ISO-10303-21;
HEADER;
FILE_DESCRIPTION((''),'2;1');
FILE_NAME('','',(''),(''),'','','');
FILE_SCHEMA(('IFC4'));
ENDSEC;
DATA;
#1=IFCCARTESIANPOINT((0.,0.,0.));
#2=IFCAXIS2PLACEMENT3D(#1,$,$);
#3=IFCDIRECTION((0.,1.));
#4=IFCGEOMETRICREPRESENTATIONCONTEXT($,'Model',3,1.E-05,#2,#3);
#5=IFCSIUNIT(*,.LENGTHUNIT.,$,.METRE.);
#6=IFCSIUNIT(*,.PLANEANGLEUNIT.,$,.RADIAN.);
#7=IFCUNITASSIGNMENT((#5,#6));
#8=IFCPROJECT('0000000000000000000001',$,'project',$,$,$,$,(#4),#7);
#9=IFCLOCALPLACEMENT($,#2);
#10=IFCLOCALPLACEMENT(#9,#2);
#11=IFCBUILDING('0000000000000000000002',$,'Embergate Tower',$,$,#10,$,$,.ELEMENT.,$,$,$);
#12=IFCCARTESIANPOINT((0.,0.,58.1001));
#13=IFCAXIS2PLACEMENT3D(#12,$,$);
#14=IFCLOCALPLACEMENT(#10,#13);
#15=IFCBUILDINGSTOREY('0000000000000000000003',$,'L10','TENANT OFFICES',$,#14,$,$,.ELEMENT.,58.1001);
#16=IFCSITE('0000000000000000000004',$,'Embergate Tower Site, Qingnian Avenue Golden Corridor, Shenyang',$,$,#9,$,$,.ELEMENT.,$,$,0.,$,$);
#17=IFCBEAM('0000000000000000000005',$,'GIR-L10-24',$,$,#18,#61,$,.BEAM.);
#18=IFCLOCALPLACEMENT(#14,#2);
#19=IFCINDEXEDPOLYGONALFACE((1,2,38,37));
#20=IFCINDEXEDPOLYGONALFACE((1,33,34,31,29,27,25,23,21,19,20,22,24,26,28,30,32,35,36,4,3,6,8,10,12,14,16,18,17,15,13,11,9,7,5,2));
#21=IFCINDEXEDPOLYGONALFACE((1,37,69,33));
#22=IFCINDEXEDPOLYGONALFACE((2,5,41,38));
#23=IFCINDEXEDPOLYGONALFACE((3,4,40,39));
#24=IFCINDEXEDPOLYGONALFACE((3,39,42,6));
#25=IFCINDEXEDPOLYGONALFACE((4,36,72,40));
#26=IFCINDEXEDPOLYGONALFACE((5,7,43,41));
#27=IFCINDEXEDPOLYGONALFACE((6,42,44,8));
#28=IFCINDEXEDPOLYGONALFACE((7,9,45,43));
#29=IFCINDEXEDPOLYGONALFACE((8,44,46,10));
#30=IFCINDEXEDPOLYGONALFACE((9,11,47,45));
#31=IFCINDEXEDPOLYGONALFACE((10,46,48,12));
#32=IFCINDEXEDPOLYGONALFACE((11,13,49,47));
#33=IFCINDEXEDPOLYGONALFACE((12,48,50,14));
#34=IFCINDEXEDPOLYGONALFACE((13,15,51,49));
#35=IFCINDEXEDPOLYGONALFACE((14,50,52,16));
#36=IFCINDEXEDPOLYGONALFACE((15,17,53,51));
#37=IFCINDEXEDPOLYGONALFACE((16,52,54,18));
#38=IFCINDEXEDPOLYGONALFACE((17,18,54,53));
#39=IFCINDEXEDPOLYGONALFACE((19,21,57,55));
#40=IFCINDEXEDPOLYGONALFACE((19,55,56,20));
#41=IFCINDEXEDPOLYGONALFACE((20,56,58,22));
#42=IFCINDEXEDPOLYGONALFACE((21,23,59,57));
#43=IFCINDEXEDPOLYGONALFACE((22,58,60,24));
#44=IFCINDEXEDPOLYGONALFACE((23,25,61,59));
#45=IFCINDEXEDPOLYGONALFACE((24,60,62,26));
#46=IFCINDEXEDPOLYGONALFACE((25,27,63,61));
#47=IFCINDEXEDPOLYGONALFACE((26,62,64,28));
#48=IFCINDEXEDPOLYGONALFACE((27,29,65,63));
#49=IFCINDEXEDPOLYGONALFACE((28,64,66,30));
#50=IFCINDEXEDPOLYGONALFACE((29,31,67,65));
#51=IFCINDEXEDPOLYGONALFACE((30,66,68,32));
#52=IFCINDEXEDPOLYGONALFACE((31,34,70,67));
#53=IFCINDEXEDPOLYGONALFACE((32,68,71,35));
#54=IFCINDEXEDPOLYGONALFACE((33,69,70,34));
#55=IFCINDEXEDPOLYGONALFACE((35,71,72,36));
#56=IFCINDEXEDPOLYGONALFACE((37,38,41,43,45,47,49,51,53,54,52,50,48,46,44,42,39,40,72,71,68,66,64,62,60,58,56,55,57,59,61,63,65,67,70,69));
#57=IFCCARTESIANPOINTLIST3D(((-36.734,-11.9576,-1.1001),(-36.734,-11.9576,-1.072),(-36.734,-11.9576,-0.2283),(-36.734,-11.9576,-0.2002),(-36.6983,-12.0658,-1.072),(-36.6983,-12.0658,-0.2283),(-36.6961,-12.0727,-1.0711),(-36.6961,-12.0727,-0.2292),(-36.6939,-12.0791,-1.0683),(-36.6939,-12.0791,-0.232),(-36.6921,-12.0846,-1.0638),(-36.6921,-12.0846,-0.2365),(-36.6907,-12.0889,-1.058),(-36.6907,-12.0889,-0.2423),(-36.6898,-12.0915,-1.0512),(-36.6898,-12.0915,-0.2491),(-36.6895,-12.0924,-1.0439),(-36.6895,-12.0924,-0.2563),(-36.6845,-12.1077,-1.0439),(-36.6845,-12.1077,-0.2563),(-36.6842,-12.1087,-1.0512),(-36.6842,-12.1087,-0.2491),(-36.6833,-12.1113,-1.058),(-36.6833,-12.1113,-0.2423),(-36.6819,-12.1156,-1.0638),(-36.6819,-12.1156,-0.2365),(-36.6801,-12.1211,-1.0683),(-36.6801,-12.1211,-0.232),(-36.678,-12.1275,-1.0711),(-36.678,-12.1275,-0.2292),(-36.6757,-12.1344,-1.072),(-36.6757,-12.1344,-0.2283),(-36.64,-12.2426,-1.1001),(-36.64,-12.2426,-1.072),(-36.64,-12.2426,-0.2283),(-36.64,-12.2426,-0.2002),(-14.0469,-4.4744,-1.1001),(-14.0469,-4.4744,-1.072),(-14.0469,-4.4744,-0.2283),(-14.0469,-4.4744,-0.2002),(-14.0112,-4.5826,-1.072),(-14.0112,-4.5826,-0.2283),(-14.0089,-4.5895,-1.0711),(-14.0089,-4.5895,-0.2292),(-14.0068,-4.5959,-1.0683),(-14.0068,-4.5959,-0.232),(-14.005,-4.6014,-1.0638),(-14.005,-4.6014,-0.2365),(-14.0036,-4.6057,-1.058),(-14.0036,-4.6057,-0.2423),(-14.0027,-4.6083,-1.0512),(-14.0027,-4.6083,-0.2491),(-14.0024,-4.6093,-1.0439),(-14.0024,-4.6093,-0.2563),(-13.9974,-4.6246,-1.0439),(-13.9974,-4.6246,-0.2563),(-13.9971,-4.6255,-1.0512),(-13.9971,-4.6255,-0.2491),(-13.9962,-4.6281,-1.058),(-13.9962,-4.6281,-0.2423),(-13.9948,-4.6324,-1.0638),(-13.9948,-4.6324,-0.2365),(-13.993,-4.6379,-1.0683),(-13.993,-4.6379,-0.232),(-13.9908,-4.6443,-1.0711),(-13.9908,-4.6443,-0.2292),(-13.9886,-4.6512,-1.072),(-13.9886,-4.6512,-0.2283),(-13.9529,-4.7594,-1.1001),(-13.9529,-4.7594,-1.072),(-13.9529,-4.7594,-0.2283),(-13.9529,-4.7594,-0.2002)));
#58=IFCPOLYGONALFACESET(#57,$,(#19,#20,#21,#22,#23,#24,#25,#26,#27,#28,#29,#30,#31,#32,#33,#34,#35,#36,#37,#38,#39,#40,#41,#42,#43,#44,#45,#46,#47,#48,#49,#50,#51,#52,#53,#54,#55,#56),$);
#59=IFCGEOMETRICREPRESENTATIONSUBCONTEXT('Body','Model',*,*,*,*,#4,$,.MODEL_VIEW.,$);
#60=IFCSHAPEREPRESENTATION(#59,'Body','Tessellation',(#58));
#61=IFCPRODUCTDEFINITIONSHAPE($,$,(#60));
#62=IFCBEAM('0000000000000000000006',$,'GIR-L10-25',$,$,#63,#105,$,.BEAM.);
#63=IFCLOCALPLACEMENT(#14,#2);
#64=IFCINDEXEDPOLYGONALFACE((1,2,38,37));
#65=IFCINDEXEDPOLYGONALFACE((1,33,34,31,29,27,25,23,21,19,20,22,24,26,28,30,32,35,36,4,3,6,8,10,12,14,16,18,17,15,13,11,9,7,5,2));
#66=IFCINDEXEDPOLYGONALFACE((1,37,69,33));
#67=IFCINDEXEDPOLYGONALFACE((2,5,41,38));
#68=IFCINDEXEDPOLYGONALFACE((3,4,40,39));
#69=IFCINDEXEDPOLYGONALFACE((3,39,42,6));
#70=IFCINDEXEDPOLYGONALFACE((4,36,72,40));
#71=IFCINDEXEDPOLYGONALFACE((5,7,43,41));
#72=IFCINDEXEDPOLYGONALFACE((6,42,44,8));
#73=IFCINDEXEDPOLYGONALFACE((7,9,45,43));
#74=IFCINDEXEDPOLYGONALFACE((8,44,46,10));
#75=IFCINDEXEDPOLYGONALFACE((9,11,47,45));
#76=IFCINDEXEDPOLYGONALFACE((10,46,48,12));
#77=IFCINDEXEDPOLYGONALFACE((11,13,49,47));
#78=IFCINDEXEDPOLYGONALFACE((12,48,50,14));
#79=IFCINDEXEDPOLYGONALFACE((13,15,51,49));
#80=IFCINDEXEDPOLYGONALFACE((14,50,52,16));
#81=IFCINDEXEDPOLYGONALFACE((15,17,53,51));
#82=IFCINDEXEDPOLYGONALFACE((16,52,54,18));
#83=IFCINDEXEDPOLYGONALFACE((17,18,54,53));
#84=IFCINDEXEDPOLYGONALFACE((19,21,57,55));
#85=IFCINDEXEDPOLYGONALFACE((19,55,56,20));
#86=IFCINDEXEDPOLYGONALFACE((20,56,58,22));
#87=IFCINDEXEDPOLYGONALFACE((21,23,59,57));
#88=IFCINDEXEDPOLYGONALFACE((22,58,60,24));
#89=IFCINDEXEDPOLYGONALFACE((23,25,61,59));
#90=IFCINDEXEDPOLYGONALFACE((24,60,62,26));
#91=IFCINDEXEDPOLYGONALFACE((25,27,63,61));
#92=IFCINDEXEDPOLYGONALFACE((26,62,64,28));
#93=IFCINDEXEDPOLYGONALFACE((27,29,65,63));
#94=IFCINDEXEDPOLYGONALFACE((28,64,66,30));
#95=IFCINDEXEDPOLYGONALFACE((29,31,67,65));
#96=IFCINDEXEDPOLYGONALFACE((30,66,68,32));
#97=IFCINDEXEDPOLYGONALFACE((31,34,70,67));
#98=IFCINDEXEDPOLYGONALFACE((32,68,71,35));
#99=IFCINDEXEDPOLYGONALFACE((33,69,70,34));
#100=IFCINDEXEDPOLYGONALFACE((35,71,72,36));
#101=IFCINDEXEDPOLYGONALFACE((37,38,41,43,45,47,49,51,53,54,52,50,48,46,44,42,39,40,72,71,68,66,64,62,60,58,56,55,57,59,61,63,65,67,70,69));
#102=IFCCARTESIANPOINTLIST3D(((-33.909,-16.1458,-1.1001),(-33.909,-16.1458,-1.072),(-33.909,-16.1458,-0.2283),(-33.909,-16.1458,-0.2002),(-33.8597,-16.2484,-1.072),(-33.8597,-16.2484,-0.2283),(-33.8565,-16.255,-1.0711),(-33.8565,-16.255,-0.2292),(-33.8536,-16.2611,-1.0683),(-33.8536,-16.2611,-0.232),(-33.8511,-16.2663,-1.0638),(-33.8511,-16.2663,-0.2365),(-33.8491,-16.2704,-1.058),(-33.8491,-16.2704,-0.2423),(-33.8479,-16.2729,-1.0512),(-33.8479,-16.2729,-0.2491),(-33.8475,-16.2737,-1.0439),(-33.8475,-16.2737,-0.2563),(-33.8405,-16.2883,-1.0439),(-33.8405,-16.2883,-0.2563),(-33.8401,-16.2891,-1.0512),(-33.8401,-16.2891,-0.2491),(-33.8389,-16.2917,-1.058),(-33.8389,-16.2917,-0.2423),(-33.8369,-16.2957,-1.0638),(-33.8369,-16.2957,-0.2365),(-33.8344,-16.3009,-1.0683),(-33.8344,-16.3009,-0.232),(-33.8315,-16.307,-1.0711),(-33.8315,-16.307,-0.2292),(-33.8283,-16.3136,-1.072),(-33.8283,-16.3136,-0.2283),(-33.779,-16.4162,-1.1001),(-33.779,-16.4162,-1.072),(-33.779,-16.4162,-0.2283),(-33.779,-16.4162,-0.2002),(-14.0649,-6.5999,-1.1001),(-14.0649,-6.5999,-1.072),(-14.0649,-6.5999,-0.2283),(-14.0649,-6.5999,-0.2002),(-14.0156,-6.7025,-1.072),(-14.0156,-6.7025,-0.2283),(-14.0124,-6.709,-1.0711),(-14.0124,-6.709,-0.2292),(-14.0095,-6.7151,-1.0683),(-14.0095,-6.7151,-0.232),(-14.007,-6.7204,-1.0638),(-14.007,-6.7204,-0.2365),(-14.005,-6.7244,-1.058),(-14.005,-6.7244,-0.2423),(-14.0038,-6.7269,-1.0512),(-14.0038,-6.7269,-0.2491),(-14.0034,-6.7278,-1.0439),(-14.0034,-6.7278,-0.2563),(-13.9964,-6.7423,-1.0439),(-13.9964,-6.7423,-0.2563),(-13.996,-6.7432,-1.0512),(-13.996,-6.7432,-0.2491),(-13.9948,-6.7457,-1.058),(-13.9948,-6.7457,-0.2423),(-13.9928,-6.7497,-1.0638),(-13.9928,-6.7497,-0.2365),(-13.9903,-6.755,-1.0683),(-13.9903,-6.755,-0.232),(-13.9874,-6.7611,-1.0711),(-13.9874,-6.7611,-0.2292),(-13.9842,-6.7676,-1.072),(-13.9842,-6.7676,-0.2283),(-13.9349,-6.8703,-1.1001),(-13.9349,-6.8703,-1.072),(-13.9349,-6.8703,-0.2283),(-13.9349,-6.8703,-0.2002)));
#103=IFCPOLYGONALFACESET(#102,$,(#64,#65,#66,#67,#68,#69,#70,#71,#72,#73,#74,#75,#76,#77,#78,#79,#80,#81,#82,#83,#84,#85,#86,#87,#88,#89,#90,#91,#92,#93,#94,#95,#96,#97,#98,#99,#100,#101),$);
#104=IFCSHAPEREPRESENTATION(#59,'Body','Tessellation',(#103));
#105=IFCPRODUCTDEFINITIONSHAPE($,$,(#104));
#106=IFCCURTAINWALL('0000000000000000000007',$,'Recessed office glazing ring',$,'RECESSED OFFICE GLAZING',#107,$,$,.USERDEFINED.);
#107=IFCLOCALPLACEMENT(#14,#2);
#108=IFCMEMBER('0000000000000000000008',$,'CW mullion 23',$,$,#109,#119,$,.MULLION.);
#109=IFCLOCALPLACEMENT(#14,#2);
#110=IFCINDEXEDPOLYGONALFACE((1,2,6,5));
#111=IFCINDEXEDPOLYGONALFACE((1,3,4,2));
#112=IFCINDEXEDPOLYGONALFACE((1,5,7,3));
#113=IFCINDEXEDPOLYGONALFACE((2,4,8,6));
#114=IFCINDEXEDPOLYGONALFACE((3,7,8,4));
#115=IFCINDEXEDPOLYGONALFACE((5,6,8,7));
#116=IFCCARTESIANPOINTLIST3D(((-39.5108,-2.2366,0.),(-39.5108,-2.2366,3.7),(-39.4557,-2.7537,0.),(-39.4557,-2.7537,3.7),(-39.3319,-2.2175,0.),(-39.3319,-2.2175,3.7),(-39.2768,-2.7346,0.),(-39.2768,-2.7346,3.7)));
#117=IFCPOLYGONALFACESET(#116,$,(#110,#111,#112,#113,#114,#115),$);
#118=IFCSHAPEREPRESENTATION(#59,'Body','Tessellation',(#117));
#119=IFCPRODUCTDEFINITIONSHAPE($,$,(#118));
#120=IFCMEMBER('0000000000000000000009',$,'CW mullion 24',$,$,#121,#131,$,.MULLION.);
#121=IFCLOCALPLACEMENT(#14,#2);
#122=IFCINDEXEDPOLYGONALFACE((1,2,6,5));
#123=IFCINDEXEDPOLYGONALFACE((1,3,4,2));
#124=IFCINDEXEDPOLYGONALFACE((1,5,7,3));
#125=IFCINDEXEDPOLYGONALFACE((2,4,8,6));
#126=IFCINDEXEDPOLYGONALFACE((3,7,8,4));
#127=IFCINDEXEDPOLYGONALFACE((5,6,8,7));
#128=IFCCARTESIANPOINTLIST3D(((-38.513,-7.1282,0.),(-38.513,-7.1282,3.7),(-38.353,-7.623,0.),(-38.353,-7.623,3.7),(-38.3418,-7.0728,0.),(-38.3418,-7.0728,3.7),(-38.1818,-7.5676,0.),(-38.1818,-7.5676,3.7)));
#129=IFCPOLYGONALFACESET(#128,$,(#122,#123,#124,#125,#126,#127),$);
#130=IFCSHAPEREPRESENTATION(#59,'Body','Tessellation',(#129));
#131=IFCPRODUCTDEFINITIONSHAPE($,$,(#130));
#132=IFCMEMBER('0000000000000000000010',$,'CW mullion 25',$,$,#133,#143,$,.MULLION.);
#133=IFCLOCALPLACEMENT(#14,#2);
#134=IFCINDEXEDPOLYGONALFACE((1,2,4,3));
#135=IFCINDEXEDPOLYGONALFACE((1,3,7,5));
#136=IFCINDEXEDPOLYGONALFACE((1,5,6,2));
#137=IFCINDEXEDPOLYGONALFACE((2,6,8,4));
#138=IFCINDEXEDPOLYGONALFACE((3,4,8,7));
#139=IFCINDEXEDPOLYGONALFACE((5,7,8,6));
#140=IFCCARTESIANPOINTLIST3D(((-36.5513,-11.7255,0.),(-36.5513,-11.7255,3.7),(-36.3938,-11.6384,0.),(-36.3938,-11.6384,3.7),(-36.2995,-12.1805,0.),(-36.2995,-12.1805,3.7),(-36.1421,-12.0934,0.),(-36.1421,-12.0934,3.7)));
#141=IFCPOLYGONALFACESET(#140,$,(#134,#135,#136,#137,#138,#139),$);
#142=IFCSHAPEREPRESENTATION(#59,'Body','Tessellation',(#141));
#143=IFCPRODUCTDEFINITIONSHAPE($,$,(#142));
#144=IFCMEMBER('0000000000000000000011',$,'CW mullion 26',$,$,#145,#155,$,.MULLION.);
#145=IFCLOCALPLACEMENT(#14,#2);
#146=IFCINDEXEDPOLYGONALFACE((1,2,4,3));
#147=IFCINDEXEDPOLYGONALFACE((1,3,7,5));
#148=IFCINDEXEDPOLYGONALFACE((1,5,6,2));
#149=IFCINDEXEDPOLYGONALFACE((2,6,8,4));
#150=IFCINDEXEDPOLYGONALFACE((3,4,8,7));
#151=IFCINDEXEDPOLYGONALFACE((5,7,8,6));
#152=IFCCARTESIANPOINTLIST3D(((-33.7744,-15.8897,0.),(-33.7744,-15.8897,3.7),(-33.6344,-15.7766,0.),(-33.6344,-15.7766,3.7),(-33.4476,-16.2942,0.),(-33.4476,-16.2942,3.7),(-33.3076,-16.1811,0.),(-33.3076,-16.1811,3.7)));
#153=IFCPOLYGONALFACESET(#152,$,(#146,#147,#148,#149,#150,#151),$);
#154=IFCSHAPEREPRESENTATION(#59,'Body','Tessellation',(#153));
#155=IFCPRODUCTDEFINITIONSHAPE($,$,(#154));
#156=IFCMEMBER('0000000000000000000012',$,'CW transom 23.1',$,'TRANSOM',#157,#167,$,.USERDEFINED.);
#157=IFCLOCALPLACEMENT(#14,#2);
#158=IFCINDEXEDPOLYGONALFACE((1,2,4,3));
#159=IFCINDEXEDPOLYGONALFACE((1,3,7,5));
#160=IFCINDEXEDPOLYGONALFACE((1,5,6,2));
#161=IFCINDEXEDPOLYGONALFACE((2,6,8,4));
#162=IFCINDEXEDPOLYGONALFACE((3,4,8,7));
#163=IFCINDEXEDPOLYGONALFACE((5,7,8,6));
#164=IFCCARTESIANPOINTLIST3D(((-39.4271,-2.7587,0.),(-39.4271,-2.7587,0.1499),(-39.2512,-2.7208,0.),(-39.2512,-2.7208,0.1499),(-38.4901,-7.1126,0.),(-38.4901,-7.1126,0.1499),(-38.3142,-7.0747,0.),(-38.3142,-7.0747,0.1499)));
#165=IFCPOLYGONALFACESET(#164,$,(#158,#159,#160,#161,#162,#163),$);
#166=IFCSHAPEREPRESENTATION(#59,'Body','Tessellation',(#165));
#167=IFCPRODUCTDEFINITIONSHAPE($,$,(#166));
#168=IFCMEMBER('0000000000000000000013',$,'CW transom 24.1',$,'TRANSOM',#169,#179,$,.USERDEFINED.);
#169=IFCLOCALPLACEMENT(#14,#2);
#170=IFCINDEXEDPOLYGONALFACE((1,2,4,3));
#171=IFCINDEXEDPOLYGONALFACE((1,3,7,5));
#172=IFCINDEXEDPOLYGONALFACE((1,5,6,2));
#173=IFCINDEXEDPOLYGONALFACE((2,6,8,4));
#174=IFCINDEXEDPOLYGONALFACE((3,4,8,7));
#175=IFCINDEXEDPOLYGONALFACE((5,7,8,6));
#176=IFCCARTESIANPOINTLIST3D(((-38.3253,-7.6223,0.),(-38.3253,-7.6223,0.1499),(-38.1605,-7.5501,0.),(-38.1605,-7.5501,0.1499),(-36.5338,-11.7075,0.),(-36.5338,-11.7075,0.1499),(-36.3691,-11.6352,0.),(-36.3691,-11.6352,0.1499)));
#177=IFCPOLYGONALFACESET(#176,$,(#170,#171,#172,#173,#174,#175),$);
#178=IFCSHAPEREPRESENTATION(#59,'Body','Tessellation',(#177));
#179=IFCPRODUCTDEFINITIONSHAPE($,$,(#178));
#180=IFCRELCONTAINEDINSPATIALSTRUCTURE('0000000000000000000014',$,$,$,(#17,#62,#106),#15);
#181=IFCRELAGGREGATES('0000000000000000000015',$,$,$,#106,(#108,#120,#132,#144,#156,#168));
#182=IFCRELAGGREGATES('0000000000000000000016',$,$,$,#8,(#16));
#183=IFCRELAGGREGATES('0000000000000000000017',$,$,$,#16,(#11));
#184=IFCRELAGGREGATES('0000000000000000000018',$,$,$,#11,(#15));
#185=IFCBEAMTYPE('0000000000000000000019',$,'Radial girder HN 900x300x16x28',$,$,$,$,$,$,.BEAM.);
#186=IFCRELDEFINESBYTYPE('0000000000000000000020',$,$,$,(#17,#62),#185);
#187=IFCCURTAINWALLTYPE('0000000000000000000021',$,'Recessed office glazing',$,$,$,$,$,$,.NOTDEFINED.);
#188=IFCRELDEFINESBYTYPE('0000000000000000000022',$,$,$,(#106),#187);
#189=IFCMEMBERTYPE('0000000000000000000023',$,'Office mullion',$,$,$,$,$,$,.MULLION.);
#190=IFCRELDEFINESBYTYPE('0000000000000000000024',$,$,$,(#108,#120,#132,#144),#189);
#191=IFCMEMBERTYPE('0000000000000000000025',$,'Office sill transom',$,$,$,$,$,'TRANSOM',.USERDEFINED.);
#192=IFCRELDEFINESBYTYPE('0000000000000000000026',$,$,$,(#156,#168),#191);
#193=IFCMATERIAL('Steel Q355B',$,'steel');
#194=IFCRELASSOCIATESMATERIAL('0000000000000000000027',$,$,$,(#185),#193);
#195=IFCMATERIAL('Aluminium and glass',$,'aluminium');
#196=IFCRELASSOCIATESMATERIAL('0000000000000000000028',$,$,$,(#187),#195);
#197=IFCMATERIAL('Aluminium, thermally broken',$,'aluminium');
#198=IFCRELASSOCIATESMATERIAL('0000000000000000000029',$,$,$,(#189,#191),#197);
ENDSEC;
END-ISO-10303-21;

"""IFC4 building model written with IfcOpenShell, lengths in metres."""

from ifc_helpers import new_model, si_unit, direction, frame, origin, origin_2d, place, context, subcontext, project, spatial, rectangle, i_section, extrude, source, transform, mapped, material, material_profile, profile_set, type_object, element, aggregate, save


model = new_model("IFC4")

# Units and contexts
model_context = context("Model", 3, precision=1e-05, world=origin(), true_north=direction((0.0, 1.0)))
body_context = subcontext(model_context, "Body", "Model", "MODEL_VIEW")
ifc_project = project(units=[si_unit("LENGTHUNIT", "METRE"), si_unit("PLANEANGLEUNIT", "RADIAN")], contexts=[model_context])

# Site, building, storey
site_placement = place(None, origin())
site = spatial("IfcSite", under=ifc_project, at=site_placement, Name="Embergate Tower Site, Qingnian Avenue Golden Corridor, Shenyang", CompositionType="ELEMENT", RefElevation=0.0)
building_placement = place(site_placement, origin())
building = spatial("IfcBuilding", under=site, at=building_placement, Name="Embergate Tower", CompositionType="ELEMENT")
storey_placement = place(building_placement, frame((0.0, 0.0, 58.1001)))
storey = spatial("IfcBuildingStorey", under=building, at=storey_placement, Name="L10", Description="TENANT OFFICES", CompositionType="ELEMENT", Elevation=58.1001)

# Beams
ifc_material_1 = material(Name="Steel Q355B", Category="steel")
ifc_material_profile_1 = material_profile(ifc_material_1, i_section(OverallWidth=0.3, OverallDepth=0.8999, WebThickness=0.0161, FlangeThickness=0.0281, FilletRadius=0.0281, at=origin_2d()), Name="HN 900x300x16x28")
ifc_profile_set_1 = profile_set([ifc_material_profile_1], Name="Steel Q355 grade B")
beam_type_1 = type_object("IfcBeamType", Name="Radial girder HN 900x300x16x28", PredefinedType="BEAM", material=ifc_profile_set_1)
shared_shape_1 = source(origin(), body_context, "Body", "SweptSolid", [
    extrude(i_section(OverallWidth=0.3, OverallDepth=0.8999, WebThickness=0.0161, FlangeThickness=0.0281, FilletRadius=0.0281, at=origin_2d()), origin(), (0.0, 0.0, 1.0), 23.8894),
])
beam_1_placement = place(storey_placement, frame((-36.687, -12.1001, -0.6501), z_axis=(0.949673, 0.313243, 0.0), x_axis=(-0.313243, 0.949673, 0.0)))
element("IfcBeam", 1, at=beam_1_placement, inside=storey, type_object=beam_type_1, Name="GIR-L10-24", PredefinedType="BEAM", context=body_context, shape_type="MappedRepresentation", body=[
    mapped(shared_shape_1, transform((0.0, 0.0, 0.0))),
])
shared_shape_2 = source(origin(), body_context, "Body", "SweptSolid", [
    extrude(i_section(OverallWidth=0.3, OverallDepth=0.8999, WebThickness=0.0161, FlangeThickness=0.0281, FilletRadius=0.0281, at=origin_2d()), origin(), (0.0, 0.0, 1.0), 22.0208),
])
beam_2_placement = place(storey_placement, frame((-33.844, -16.281, -0.6501), z_axis=(0.901155, 0.433498, 0.0), x_axis=(-0.433498, 0.901155, 0.0)))
element("IfcBeam", 2, at=beam_2_placement, inside=storey, type_object=beam_type_1, Name="GIR-L10-25", PredefinedType="BEAM", context=body_context, shape_type="MappedRepresentation", body=[
    mapped(shared_shape_2, transform((0.0, 0.0, 0.0))),
])

# Curtain wall, members
ifc_material_2 = material(Name="Aluminium and glass", Category="aluminium")
curtain_wall_type = type_object("IfcCurtainWallType", Name="Recessed office glazing", PredefinedType="NOTDEFINED", material=ifc_material_2)
curtain_wall_placement = place(storey_placement, origin())
curtain_wall = element("IfcCurtainWall", 3, at=curtain_wall_placement, inside=storey, type_object=curtain_wall_type, Name="Recessed office glazing ring", ObjectType="RECESSED OFFICE GLAZING", PredefinedType="USERDEFINED")
ifc_material_3 = material(Name="Aluminium, thermally broken", Category="aluminium")
ifc_material_profile_2 = material_profile(ifc_material_3, rectangle(XDim=0.1799, YDim=0.52, at=origin_2d()), Name="AL 520x180")
ifc_profile_set_2 = profile_set([ifc_material_profile_2], Name="Aluminium, thermally broken")
member_type_1 = type_object("IfcMemberType", Name="Office mullion", PredefinedType="MULLION", material=ifc_profile_set_2)
shared_shape_3 = source(origin(), body_context, "Body", "SweptSolid", [
    extrude(rectangle(XDim=0.1799, YDim=0.52, at=origin_2d()), origin(), (0.0, 0.0, 1.0), 3.7),
])
member_1_placement = place(storey_placement, frame((-39.3938, -2.4856, 0.0), z_axis=(0.0, 0.0, 1.0), x_axis=(0.994386, 0.105818, 0.0)))
member_1 = element("IfcMember", 4, at=member_1_placement, type_object=member_type_1, Name="CW mullion 23", PredefinedType="MULLION", context=body_context, shape_type="MappedRepresentation", body=[
    mapped(shared_shape_3, transform((0.0, 0.0, 0.0))),
])
member_2_placement = place(storey_placement, frame((-38.3474, -7.3479, 0.0), z_axis=(0.0, 0.0, 1.0), x_axis=(0.951502, 0.307642, 0.0)))
member_2 = element("IfcMember", 5, at=member_2_placement, type_object=member_type_1, Name="CW mullion 24", PredefinedType="MULLION", context=body_context, shape_type="MappedRepresentation", body=[
    mapped(shared_shape_3, transform((0.0, 0.0, 0.0))),
])
member_3_placement = place(storey_placement, frame((-36.3467, -11.9094, 0.0), z_axis=(0.0, 0.0, 1.0), x_axis=(0.87501, 0.484104, 0.0)))
member_3 = element("IfcMember", 6, at=member_3_placement, type_object=member_type_1, Name="CW mullion 25", PredefinedType="MULLION", context=body_context, shape_type="MappedRepresentation", body=[
    mapped(shared_shape_3, transform((0.0, 0.0, 0.0))),
])
member_4_placement = place(storey_placement, frame((-33.541, -16.0354, 0.0), z_axis=(0.0, 0.0, 1.0), x_axis=(0.777884, 0.628408, 0.0)))
member_4 = element("IfcMember", 7, at=member_4_placement, type_object=member_type_1, Name="CW mullion 26", PredefinedType="MULLION", context=body_context, shape_type="MappedRepresentation", body=[
    mapped(shared_shape_3, transform((0.0, 0.0, 0.0))),
])
ifc_material_profile_3 = material_profile(ifc_material_3, rectangle(XDim=0.1799, YDim=0.1499, at=origin_2d()), Name="AL 150x180")
ifc_profile_set_3 = profile_set([ifc_material_profile_3], Name="Aluminium, thermally broken")
member_type_2 = type_object("IfcMemberType", Name="Office sill transom", ElementType="TRANSOM", PredefinedType="USERDEFINED", material=ifc_profile_set_3)
shared_shape_4 = source(origin(), body_context, "Body", "SweptSolid", [
    extrude(rectangle(XDim=0.1799, YDim=0.1499, at=origin_2d()), origin(), (0.0, 0.0, 1.0), 4.4536),
])
member_5_placement = place(storey_placement, frame((-39.3391, -2.7397, 0.075), z_axis=(0.21039, -0.977618, 0.0), x_axis=(0.977618, 0.21039, 0.0)))
member_5 = element("IfcMember", 8, at=member_5_placement, type_object=member_type_2, Name="CW transom 23.1", ObjectType="TRANSOM", PredefinedType="USERDEFINED", context=body_context, shape_type="MappedRepresentation", body=[
    mapped(shared_shape_4, transform((0.0, 0.0, 0.0))),
])
shared_shape_5 = source(origin(), body_context, "Body", "SweptSolid", [
    extrude(rectangle(XDim=0.1799, YDim=0.1499, at=origin_2d()), origin(), (0.0, 0.0, 1.0), 4.4607),
])
member_6_placement = place(storey_placement, frame((-38.2429, -7.5862, 0.075), z_axis=(0.401614, -0.915809, 0.0), x_axis=(0.915809, 0.401614, 0.0)))
member_6 = element("IfcMember", 9, at=member_6_placement, type_object=member_type_2, Name="CW transom 24.1", ObjectType="TRANSOM", PredefinedType="USERDEFINED", context=body_context, shape_type="MappedRepresentation", body=[
    mapped(shared_shape_5, transform((0.0, 0.0, 0.0))),
])
aggregate(curtain_wall, [member_1, member_2, member_3, member_4, member_5, member_6])

save(model, "model.ifc")
